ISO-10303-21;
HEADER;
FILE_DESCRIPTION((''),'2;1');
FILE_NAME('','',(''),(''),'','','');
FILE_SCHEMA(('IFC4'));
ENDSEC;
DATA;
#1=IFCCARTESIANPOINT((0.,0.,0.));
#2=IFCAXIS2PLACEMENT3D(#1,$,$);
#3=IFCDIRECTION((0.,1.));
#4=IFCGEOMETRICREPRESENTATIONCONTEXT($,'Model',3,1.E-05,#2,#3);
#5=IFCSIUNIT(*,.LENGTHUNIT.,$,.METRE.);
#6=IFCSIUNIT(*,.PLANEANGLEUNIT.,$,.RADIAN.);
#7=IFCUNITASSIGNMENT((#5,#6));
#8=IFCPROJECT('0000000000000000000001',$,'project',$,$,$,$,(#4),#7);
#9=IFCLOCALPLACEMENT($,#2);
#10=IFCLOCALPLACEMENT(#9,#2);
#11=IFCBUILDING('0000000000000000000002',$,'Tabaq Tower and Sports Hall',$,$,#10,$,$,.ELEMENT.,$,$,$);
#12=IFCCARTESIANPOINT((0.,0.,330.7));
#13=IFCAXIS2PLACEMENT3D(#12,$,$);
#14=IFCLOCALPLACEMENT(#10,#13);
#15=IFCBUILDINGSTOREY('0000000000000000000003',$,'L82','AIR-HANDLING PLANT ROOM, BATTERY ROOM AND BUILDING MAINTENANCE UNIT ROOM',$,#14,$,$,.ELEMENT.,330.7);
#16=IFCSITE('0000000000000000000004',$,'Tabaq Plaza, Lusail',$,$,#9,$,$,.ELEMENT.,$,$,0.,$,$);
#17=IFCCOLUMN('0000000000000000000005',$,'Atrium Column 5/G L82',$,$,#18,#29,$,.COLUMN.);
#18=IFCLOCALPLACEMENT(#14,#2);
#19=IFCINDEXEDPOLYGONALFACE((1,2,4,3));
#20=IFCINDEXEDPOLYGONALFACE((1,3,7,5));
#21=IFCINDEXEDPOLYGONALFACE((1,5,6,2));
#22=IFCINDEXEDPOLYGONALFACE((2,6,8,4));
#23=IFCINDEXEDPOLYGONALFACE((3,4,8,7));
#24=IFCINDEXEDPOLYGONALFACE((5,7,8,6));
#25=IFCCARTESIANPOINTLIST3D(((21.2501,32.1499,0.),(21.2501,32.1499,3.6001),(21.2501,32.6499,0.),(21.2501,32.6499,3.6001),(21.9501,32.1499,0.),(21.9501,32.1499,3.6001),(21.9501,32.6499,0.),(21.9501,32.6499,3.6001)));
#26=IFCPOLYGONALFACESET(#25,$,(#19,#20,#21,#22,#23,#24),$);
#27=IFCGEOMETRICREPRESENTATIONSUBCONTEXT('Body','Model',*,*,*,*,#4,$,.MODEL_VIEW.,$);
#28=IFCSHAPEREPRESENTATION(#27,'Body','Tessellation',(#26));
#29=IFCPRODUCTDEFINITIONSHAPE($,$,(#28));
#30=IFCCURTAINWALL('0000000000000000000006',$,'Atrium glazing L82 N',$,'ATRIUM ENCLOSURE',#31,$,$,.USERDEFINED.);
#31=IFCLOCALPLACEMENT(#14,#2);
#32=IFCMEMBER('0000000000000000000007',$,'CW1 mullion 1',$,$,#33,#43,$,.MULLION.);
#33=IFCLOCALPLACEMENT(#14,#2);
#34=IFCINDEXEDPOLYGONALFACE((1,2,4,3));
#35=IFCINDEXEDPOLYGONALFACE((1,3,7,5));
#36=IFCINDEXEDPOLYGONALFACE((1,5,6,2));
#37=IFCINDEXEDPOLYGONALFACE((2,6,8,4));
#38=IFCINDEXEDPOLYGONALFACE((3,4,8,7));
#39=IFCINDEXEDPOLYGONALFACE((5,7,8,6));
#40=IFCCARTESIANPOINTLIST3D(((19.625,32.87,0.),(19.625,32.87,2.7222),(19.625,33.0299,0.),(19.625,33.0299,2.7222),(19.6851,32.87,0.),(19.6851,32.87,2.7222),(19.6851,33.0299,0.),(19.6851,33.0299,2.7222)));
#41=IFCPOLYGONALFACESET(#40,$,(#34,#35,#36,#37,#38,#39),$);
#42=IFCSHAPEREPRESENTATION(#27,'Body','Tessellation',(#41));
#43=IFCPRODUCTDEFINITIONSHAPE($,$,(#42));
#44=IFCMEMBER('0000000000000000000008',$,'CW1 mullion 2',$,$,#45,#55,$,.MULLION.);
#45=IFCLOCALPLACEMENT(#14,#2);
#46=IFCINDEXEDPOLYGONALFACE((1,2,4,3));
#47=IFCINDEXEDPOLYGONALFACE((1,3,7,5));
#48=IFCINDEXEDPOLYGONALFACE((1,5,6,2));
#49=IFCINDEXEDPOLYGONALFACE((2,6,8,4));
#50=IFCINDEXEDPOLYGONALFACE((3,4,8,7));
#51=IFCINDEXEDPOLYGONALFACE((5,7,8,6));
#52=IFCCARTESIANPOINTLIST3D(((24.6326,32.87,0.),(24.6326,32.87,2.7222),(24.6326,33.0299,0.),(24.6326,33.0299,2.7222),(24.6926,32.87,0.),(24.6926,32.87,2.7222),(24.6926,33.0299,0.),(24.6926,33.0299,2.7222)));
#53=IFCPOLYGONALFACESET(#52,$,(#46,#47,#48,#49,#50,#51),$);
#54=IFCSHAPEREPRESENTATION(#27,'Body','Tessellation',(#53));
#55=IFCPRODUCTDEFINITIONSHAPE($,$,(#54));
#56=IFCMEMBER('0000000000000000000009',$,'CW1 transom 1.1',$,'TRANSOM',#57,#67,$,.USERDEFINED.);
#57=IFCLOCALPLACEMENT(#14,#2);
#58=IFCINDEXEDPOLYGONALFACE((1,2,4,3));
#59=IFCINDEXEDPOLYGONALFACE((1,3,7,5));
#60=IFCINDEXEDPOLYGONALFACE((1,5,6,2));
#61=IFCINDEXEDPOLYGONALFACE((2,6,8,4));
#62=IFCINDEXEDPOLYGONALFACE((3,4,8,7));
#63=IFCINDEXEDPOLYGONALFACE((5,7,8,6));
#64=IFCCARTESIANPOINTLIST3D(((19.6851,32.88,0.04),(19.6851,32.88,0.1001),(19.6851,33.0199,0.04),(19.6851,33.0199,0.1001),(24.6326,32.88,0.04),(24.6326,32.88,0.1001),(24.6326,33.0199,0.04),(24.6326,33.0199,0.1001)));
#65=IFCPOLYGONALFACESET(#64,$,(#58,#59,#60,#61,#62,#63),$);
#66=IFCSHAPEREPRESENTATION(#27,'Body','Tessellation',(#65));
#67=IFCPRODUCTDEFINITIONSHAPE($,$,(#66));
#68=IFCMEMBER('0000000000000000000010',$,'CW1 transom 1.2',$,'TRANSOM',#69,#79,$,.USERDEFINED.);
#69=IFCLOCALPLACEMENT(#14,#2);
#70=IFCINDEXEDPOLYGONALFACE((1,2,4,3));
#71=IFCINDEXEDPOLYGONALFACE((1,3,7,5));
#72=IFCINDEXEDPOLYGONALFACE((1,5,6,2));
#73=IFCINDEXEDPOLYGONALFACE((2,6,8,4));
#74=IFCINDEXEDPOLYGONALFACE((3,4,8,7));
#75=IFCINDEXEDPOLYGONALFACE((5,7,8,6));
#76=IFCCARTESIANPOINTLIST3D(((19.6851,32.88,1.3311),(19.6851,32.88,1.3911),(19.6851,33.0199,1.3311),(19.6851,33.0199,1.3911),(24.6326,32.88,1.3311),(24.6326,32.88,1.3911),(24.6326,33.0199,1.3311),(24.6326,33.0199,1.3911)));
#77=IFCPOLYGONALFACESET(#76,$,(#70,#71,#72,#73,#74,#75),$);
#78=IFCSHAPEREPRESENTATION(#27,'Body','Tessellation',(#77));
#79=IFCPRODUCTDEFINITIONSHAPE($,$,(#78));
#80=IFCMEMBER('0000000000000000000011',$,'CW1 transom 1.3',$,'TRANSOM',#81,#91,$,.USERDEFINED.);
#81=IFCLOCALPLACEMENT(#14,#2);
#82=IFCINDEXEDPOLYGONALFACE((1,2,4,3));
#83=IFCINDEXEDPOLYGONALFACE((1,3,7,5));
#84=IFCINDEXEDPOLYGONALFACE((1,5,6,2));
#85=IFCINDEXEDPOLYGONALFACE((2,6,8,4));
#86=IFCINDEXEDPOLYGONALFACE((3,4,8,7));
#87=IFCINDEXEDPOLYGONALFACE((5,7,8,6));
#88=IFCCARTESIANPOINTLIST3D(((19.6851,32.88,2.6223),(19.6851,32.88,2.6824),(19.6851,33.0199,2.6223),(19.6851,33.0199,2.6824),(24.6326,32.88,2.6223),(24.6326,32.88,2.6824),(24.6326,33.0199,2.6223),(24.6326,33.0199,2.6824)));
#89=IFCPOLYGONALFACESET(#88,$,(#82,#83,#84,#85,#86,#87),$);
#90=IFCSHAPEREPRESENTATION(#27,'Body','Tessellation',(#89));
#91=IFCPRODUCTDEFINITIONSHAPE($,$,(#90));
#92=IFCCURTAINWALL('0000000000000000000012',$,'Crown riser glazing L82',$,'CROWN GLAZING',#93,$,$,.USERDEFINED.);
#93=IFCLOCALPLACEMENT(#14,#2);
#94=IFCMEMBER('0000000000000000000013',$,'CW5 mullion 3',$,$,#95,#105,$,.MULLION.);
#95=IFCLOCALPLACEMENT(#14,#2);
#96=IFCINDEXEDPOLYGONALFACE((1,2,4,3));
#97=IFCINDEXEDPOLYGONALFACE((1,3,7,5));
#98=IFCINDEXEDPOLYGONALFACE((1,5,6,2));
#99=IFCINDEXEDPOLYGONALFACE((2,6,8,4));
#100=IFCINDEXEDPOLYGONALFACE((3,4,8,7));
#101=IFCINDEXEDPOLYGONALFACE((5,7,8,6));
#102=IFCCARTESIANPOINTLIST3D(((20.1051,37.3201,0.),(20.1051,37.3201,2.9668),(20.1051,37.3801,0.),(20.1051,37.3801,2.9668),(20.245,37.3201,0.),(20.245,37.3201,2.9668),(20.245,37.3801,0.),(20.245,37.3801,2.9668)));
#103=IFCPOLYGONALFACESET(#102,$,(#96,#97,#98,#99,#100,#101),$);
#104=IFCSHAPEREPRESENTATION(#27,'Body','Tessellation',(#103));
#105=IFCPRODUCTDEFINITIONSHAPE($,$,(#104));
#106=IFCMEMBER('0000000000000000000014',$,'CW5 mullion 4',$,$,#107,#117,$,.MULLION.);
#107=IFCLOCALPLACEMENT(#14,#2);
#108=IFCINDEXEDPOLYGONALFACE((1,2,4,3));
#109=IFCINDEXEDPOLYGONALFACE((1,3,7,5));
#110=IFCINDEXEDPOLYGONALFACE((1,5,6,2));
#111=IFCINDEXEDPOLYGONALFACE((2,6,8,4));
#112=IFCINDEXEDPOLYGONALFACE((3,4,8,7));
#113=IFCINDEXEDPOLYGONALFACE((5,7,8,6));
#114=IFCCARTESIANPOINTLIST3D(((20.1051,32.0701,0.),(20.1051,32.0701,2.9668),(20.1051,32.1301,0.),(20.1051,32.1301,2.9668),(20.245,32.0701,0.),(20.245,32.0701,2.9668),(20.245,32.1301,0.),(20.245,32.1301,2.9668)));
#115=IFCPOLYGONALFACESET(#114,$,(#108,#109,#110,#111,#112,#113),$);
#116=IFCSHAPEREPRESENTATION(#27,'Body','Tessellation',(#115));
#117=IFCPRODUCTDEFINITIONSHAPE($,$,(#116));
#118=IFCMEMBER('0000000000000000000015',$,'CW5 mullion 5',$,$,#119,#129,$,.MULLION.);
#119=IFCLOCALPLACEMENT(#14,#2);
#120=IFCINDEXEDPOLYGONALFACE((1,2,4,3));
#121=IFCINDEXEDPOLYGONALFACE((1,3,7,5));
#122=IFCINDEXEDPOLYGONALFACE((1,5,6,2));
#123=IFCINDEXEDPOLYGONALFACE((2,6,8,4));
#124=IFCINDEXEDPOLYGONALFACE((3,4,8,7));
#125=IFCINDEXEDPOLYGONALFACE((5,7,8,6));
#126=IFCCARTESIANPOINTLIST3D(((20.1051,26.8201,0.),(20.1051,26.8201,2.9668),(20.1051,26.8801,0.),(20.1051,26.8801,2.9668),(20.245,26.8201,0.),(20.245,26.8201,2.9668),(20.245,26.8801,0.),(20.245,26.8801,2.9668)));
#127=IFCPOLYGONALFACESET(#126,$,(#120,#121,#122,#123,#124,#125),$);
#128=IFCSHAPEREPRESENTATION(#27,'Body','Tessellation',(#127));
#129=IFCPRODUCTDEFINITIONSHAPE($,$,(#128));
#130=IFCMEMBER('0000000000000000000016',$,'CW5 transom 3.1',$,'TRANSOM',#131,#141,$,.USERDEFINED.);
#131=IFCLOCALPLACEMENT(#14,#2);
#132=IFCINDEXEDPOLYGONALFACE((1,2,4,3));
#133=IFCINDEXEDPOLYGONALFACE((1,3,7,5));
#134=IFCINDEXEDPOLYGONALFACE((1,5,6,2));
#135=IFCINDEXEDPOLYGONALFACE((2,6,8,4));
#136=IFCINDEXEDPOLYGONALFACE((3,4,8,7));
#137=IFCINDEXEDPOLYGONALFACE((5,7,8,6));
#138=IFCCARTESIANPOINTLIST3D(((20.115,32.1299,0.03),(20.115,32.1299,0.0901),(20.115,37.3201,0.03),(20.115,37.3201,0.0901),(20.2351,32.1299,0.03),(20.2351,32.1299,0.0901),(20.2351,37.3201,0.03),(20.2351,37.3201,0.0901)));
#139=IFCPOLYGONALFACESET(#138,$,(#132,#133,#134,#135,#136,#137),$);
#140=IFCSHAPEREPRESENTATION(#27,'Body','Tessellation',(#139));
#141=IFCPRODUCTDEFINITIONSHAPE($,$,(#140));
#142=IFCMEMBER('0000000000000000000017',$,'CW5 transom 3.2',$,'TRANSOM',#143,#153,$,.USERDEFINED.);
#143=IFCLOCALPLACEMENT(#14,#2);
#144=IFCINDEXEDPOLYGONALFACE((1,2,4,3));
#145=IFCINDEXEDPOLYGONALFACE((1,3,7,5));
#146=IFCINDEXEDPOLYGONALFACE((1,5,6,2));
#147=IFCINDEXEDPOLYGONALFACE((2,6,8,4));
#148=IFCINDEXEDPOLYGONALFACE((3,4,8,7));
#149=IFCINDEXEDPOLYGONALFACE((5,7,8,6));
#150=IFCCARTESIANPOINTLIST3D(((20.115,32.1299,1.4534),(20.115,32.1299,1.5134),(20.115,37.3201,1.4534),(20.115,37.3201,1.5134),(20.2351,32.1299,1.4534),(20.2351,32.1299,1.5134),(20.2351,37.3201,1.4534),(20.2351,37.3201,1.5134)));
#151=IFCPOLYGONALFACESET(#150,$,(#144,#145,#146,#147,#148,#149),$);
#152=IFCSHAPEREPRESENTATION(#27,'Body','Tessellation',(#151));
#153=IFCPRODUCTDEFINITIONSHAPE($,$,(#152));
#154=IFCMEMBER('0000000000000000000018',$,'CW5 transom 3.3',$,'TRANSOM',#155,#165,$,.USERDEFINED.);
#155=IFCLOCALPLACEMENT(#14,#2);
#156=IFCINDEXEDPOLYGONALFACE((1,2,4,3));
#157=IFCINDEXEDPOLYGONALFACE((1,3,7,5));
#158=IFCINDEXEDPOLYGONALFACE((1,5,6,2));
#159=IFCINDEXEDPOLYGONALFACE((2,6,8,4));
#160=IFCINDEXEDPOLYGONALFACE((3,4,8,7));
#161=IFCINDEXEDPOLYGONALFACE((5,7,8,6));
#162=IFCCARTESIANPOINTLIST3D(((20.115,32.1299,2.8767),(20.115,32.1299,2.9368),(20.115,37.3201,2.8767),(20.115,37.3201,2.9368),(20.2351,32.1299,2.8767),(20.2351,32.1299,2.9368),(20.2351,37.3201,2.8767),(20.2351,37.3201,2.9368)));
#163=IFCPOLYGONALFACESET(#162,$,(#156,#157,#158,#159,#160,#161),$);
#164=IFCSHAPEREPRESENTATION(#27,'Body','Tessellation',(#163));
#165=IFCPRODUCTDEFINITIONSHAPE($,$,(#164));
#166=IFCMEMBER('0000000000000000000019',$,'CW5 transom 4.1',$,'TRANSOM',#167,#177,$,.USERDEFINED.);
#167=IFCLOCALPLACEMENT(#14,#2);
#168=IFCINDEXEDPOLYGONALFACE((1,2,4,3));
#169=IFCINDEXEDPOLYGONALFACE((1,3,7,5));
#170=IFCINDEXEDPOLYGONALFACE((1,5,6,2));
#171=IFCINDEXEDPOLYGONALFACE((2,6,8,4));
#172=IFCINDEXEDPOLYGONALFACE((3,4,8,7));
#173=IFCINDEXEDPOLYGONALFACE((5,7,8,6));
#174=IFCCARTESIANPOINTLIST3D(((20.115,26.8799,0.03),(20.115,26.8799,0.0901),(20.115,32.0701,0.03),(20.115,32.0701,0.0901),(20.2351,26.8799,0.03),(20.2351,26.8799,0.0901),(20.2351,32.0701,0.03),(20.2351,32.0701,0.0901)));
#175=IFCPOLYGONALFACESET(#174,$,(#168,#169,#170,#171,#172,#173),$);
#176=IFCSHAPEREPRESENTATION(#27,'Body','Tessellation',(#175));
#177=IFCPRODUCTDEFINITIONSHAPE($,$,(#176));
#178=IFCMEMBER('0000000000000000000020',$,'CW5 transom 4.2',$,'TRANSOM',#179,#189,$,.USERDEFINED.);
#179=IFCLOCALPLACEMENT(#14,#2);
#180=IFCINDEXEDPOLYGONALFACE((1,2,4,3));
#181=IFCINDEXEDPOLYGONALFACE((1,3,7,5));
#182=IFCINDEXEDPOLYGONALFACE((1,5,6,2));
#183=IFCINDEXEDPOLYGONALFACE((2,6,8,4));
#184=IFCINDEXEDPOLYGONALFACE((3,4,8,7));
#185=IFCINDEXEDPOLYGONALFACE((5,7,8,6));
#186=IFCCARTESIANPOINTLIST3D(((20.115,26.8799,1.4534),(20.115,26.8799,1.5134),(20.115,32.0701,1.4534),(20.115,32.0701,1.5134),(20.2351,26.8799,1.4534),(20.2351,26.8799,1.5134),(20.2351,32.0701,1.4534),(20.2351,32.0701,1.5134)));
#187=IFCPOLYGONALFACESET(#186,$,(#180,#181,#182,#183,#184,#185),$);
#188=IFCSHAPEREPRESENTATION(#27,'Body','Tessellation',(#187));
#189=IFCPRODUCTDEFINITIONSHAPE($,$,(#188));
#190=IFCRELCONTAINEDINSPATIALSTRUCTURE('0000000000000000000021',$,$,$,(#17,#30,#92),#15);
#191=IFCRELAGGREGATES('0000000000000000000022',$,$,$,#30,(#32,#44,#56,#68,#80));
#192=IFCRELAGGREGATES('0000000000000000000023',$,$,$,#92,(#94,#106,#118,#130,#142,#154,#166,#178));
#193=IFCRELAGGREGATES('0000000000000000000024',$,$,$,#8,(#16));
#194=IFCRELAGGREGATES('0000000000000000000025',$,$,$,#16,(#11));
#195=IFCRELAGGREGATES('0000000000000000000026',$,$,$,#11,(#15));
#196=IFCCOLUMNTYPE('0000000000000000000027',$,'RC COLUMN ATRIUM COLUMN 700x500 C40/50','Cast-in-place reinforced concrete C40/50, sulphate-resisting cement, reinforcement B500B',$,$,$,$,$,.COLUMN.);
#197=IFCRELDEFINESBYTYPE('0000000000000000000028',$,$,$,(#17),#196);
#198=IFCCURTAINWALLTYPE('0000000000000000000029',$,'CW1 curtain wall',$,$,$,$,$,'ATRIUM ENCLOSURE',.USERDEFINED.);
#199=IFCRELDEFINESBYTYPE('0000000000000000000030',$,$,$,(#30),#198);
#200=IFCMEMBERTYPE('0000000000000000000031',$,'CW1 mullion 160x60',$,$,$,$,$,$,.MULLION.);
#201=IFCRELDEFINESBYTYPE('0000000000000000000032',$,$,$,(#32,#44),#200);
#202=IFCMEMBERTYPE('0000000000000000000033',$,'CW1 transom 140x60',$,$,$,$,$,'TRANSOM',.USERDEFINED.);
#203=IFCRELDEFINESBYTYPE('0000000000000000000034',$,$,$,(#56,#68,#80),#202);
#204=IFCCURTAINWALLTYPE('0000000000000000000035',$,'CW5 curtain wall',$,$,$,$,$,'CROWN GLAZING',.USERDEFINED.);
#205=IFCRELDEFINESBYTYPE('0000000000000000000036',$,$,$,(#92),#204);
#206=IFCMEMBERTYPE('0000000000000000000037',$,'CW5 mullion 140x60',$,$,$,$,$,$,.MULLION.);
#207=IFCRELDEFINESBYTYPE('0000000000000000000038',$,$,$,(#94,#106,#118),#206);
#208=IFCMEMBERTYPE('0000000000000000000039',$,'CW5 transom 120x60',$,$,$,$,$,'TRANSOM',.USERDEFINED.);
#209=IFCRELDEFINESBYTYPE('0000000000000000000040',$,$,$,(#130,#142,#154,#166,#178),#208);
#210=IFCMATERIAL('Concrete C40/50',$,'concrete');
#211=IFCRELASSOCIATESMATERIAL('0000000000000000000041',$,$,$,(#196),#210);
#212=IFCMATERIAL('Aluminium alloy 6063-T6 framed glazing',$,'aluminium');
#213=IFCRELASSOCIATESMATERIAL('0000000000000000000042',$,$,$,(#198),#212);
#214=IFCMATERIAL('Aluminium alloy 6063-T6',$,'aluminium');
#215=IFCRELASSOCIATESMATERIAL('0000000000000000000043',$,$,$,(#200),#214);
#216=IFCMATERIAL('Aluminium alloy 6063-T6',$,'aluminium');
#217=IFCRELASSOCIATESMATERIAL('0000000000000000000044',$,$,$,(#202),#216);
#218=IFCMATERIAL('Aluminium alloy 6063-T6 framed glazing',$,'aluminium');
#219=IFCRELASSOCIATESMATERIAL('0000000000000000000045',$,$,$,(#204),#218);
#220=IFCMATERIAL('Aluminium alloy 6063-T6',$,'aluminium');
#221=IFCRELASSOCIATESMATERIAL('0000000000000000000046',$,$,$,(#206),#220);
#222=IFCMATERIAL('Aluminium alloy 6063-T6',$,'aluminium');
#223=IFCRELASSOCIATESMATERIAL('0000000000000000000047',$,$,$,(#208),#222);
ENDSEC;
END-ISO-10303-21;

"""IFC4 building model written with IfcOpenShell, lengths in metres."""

from ifc_helpers import new_model, si_unit, direction, frame, origin, origin_2d, place, context, subcontext, project, spatial, rectangle, extrude, material, material_profile, profile_set, type_object, element, aggregate, save


model = new_model("IFC4")

# Units and contexts
model_context = context("Model", 3, precision=1e-05, world=origin(), true_north=direction((0.0, 1.0)))
body_context = subcontext(model_context, "Body", "Model", "MODEL_VIEW")
ifc_project = project(units=[si_unit("LENGTHUNIT", "METRE"), si_unit("PLANEANGLEUNIT", "RADIAN")], contexts=[model_context])

# Site, building, storey
site_placement = place(None, origin())
site = spatial("IfcSite", under=ifc_project, at=site_placement, Name="Tabaq Plaza, Lusail", CompositionType="ELEMENT", RefElevation=0.0)
building_placement = place(site_placement, origin())
building = spatial("IfcBuilding", under=site, at=building_placement, Name="Tabaq Tower and Sports Hall", CompositionType="ELEMENT")
storey_placement = place(building_placement, frame((0.0, 0.0, 330.7)))
storey = spatial("IfcBuildingStorey", under=building, at=storey_placement, Name="L82", Description="AIR-HANDLING PLANT ROOM, BATTERY ROOM AND BUILDING MAINTENANCE UNIT ROOM", CompositionType="ELEMENT", Elevation=330.7)

# Column
ifc_material_1 = material(Name="Concrete C40/50", Category="concrete")
ifc_material_profile_1 = material_profile(ifc_material_1, rectangle(XDim=0.7, YDim=0.5, at=origin_2d()), Name="ATRIUM COLUMN 700x500")
ifc_profile_set_1 = profile_set([ifc_material_profile_1], Name="Concrete C40/50")
column_type = type_object("IfcColumnType", Name="RC COLUMN ATRIUM COLUMN 700x500 C40/50", Description="Cast-in-place reinforced concrete C40/50, sulphate-resisting cement, reinforcement B500B", PredefinedType="COLUMN", material=ifc_profile_set_1)
column_placement = place(storey_placement, frame((21.6001, 32.3999, 0.0), z_axis=(0.0, 0.0, 1.0), x_axis=(1.0, 0.0, 0.0)))
element("IfcColumn", 1, at=column_placement, inside=storey, type_object=column_type, Name="Atrium Column 5/G L82", PredefinedType="COLUMN", context=body_context, shape_type="SweptSolid", body=[
    extrude(rectangle(XDim=0.7, YDim=0.5, at=origin_2d()), origin(), (0.0, 0.0, 1.0), 3.6001),
])

# Curtain walls, members
ifc_material_2 = material(Name="Aluminium alloy 6063-T6 framed glazing", Category="aluminium")
curtain_wall_type_1 = type_object("IfcCurtainWallType", Name="CW1 curtain wall", ElementType="ATRIUM ENCLOSURE", PredefinedType="USERDEFINED", material=ifc_material_2)
curtain_wall_1_placement = place(storey_placement, origin())
curtain_wall_1 = element("IfcCurtainWall", 2, at=curtain_wall_1_placement, inside=storey, type_object=curtain_wall_type_1, Name="Atrium glazing L82 N", ObjectType="ATRIUM ENCLOSURE", PredefinedType="USERDEFINED")
ifc_material_3 = material(Name="Aluminium alloy 6063-T6", Category="aluminium")
ifc_material_profile_2 = material_profile(ifc_material_3, rectangle(XDim=0.1599, YDim=0.0601, at=origin_2d()), Name="MULLION 160x60")
ifc_profile_set_2 = profile_set([ifc_material_profile_2], Name="Aluminium alloy 6063-T6")
member_type_1 = type_object("IfcMemberType", Name="CW1 mullion 160x60", PredefinedType="MULLION", material=ifc_profile_set_2)
member_1_placement = place(storey_placement, frame((19.655, 32.95, 0.0), z_axis=(0.0, 0.0, 1.0), x_axis=(0.0, 1.0, 0.0)))
member_1 = element("IfcMember", 3, at=member_1_placement, type_object=member_type_1, Name="CW1 mullion 1", PredefinedType="MULLION", context=body_context, shape_type="SweptSolid", body=[
    extrude(rectangle(XDim=0.1599, YDim=0.0601, at=origin_2d()), origin(), (0.0, 0.0, 1.0), 2.7222),
])
member_2_placement = place(storey_placement, frame((24.6626, 32.95, 0.0), z_axis=(0.0, 0.0, 1.0), x_axis=(0.0, 1.0, 0.0)))
member_2 = element("IfcMember", 4, at=member_2_placement, type_object=member_type_1, Name="CW1 mullion 2", PredefinedType="MULLION", context=body_context, shape_type="SweptSolid", body=[
    extrude(rectangle(XDim=0.1599, YDim=0.0601, at=origin_2d()), origin(), (0.0, 0.0, 1.0), 2.7222),
])
ifc_material_4 = material(Name="Aluminium alloy 6063-T6", Category="aluminium")
ifc_material_profile_3 = material_profile(ifc_material_4, rectangle(XDim=0.1399, YDim=0.0601, at=origin_2d()), Name="TRANSOM 140x60")
ifc_profile_set_3 = profile_set([ifc_material_profile_3], Name="Aluminium alloy 6063-T6")
member_type_2 = type_object("IfcMemberType", Name="CW1 transom 140x60", ElementType="TRANSOM", PredefinedType="USERDEFINED", material=ifc_profile_set_3)
member_3_placement = place(storey_placement, frame((19.6851, 32.95, 0.0701), z_axis=(1.0, 0.0, 0.0), x_axis=(0.0, 1.0, 0.0)))
member_3 = element("IfcMember", 5, at=member_3_placement, type_object=member_type_2, Name="CW1 transom 1.1", ObjectType="TRANSOM", PredefinedType="USERDEFINED", context=body_context, shape_type="SweptSolid", body=[
    extrude(rectangle(XDim=0.1399, YDim=0.0601, at=origin_2d()), origin(), (0.0, 0.0, 1.0), 4.9475),
])
member_4_placement = place(storey_placement, frame((19.6851, 32.95, 1.3611), z_axis=(1.0, 0.0, 0.0), x_axis=(0.0, 1.0, 0.0)))
member_4 = element("IfcMember", 6, at=member_4_placement, type_object=member_type_2, Name="CW1 transom 1.2", ObjectType="TRANSOM", PredefinedType="USERDEFINED", context=body_context, shape_type="SweptSolid", body=[
    extrude(rectangle(XDim=0.1399, YDim=0.0601, at=origin_2d()), origin(), (0.0, 0.0, 1.0), 4.9475),
])
member_5_placement = place(storey_placement, frame((19.6851, 32.95, 2.6523), z_axis=(1.0, 0.0, 0.0), x_axis=(0.0, 1.0, 0.0)))
member_5 = element("IfcMember", 7, at=member_5_placement, type_object=member_type_2, Name="CW1 transom 1.3", ObjectType="TRANSOM", PredefinedType="USERDEFINED", context=body_context, shape_type="SweptSolid", body=[
    extrude(rectangle(XDim=0.1399, YDim=0.0601, at=origin_2d()), origin(), (0.0, 0.0, 1.0), 4.9475),
])
ifc_material_5 = material(Name="Aluminium alloy 6063-T6 framed glazing", Category="aluminium")
curtain_wall_type_2 = type_object("IfcCurtainWallType", Name="CW5 curtain wall", ElementType="CROWN GLAZING", PredefinedType="USERDEFINED", material=ifc_material_5)
curtain_wall_2_placement = place(storey_placement, origin())
curtain_wall_2 = element("IfcCurtainWall", 8, at=curtain_wall_2_placement, inside=storey, type_object=curtain_wall_type_2, Name="Crown riser glazing L82", ObjectType="CROWN GLAZING", PredefinedType="USERDEFINED")
ifc_material_6 = material(Name="Aluminium alloy 6063-T6", Category="aluminium")
ifc_material_profile_4 = material_profile(ifc_material_6, rectangle(XDim=0.1399, YDim=0.0601, at=origin_2d()), Name="MULLION 140x60")
ifc_profile_set_4 = profile_set([ifc_material_profile_4], Name="Aluminium alloy 6063-T6")
member_type_3 = type_object("IfcMemberType", Name="CW5 mullion 140x60", PredefinedType="MULLION", material=ifc_profile_set_4)
member_6_placement = place(storey_placement, frame((20.175, 37.3501, 0.0), z_axis=(0.0, 0.0, 1.0), x_axis=(1.0, 0.0, 0.0)))
member_6 = element("IfcMember", 9, at=member_6_placement, type_object=member_type_3, Name="CW5 mullion 3", PredefinedType="MULLION", context=body_context, shape_type="SweptSolid", body=[
    extrude(rectangle(XDim=0.1399, YDim=0.0601, at=origin_2d()), origin(), (0.0, 0.0, 1.0), 2.9668),
])
member_7_placement = place(storey_placement, frame((20.175, 32.1001, 0.0), z_axis=(0.0, 0.0, 1.0), x_axis=(1.0, 0.0, 0.0)))
member_7 = element("IfcMember", 10, at=member_7_placement, type_object=member_type_3, Name="CW5 mullion 4", PredefinedType="MULLION", context=body_context, shape_type="SweptSolid", body=[
    extrude(rectangle(XDim=0.1399, YDim=0.0601, at=origin_2d()), origin(), (0.0, 0.0, 1.0), 2.9668),
])
member_8_placement = place(storey_placement, frame((20.175, 26.8501, 0.0), z_axis=(0.0, 0.0, 1.0), x_axis=(1.0, 0.0, 0.0)))
member_8 = element("IfcMember", 11, at=member_8_placement, type_object=member_type_3, Name="CW5 mullion 5", PredefinedType="MULLION", context=body_context, shape_type="SweptSolid", body=[
    extrude(rectangle(XDim=0.1399, YDim=0.0601, at=origin_2d()), origin(), (0.0, 0.0, 1.0), 2.9668),
])
ifc_material_7 = material(Name="Aluminium alloy 6063-T6", Category="aluminium")
ifc_material_profile_5 = material_profile(ifc_material_7, rectangle(XDim=0.1201, YDim=0.0601, at=origin_2d()), Name="TRANSOM 120x60")
ifc_profile_set_5 = profile_set([ifc_material_profile_5], Name="Aluminium alloy 6063-T6")
member_type_4 = type_object("IfcMemberType", Name="CW5 transom 120x60", ElementType="TRANSOM", PredefinedType="USERDEFINED", material=ifc_profile_set_5)
member_9_placement = place(storey_placement, frame((20.175, 37.3201, 0.0601), z_axis=(0.0, -1.0, 0.0), x_axis=(1.0, 0.0, 0.0)))
member_9 = element("IfcMember", 12, at=member_9_placement, type_object=member_type_4, Name="CW5 transom 3.1", ObjectType="TRANSOM", PredefinedType="USERDEFINED", context=body_context, shape_type="SweptSolid", body=[
    extrude(rectangle(XDim=0.1201, YDim=0.0601, at=origin_2d()), origin(), (0.0, 0.0, 1.0), 5.1902),
])
member_10_placement = place(storey_placement, frame((20.175, 37.3201, 1.4834), z_axis=(0.0, -1.0, 0.0), x_axis=(1.0, 0.0, 0.0)))
member_10 = element("IfcMember", 13, at=member_10_placement, type_object=member_type_4, Name="CW5 transom 3.2", ObjectType="TRANSOM", PredefinedType="USERDEFINED", context=body_context, shape_type="SweptSolid", body=[
    extrude(rectangle(XDim=0.1201, YDim=0.0601, at=origin_2d()), origin(), (0.0, 0.0, 1.0), 5.1902),
])
member_11_placement = place(storey_placement, frame((20.175, 37.3201, 2.9067), z_axis=(0.0, -1.0, 0.0), x_axis=(1.0, 0.0, 0.0)))
member_11 = element("IfcMember", 14, at=member_11_placement, type_object=member_type_4, Name="CW5 transom 3.3", ObjectType="TRANSOM", PredefinedType="USERDEFINED", context=body_context, shape_type="SweptSolid", body=[
    extrude(rectangle(XDim=0.1201, YDim=0.0601, at=origin_2d()), origin(), (0.0, 0.0, 1.0), 5.1902),
])
member_12_placement = place(storey_placement, frame((20.175, 32.0701, 0.0601), z_axis=(0.0, -1.0, 0.0), x_axis=(1.0, 0.0, 0.0)))
member_12 = element("IfcMember", 15, at=member_12_placement, type_object=member_type_4, Name="CW5 transom 4.1", ObjectType="TRANSOM", PredefinedType="USERDEFINED", context=body_context, shape_type="SweptSolid", body=[
    extrude(rectangle(XDim=0.1201, YDim=0.0601, at=origin_2d()), origin(), (0.0, 0.0, 1.0), 5.1902),
])
member_13_placement = place(storey_placement, frame((20.175, 32.0701, 1.4834), z_axis=(0.0, -1.0, 0.0), x_axis=(1.0, 0.0, 0.0)))
member_13 = element("IfcMember", 16, at=member_13_placement, type_object=member_type_4, Name="CW5 transom 4.2", ObjectType="TRANSOM", PredefinedType="USERDEFINED", context=body_context, shape_type="SweptSolid", body=[
    extrude(rectangle(XDim=0.1201, YDim=0.0601, at=origin_2d()), origin(), (0.0, 0.0, 1.0), 5.1902),
])

aggregate(curtain_wall_1, [member_1, member_2, member_3, member_4, member_5])
aggregate(curtain_wall_2, [member_6, member_7, member_8, member_9, member_10, member_11, member_12, member_13])

save(model, "model.ifc")
